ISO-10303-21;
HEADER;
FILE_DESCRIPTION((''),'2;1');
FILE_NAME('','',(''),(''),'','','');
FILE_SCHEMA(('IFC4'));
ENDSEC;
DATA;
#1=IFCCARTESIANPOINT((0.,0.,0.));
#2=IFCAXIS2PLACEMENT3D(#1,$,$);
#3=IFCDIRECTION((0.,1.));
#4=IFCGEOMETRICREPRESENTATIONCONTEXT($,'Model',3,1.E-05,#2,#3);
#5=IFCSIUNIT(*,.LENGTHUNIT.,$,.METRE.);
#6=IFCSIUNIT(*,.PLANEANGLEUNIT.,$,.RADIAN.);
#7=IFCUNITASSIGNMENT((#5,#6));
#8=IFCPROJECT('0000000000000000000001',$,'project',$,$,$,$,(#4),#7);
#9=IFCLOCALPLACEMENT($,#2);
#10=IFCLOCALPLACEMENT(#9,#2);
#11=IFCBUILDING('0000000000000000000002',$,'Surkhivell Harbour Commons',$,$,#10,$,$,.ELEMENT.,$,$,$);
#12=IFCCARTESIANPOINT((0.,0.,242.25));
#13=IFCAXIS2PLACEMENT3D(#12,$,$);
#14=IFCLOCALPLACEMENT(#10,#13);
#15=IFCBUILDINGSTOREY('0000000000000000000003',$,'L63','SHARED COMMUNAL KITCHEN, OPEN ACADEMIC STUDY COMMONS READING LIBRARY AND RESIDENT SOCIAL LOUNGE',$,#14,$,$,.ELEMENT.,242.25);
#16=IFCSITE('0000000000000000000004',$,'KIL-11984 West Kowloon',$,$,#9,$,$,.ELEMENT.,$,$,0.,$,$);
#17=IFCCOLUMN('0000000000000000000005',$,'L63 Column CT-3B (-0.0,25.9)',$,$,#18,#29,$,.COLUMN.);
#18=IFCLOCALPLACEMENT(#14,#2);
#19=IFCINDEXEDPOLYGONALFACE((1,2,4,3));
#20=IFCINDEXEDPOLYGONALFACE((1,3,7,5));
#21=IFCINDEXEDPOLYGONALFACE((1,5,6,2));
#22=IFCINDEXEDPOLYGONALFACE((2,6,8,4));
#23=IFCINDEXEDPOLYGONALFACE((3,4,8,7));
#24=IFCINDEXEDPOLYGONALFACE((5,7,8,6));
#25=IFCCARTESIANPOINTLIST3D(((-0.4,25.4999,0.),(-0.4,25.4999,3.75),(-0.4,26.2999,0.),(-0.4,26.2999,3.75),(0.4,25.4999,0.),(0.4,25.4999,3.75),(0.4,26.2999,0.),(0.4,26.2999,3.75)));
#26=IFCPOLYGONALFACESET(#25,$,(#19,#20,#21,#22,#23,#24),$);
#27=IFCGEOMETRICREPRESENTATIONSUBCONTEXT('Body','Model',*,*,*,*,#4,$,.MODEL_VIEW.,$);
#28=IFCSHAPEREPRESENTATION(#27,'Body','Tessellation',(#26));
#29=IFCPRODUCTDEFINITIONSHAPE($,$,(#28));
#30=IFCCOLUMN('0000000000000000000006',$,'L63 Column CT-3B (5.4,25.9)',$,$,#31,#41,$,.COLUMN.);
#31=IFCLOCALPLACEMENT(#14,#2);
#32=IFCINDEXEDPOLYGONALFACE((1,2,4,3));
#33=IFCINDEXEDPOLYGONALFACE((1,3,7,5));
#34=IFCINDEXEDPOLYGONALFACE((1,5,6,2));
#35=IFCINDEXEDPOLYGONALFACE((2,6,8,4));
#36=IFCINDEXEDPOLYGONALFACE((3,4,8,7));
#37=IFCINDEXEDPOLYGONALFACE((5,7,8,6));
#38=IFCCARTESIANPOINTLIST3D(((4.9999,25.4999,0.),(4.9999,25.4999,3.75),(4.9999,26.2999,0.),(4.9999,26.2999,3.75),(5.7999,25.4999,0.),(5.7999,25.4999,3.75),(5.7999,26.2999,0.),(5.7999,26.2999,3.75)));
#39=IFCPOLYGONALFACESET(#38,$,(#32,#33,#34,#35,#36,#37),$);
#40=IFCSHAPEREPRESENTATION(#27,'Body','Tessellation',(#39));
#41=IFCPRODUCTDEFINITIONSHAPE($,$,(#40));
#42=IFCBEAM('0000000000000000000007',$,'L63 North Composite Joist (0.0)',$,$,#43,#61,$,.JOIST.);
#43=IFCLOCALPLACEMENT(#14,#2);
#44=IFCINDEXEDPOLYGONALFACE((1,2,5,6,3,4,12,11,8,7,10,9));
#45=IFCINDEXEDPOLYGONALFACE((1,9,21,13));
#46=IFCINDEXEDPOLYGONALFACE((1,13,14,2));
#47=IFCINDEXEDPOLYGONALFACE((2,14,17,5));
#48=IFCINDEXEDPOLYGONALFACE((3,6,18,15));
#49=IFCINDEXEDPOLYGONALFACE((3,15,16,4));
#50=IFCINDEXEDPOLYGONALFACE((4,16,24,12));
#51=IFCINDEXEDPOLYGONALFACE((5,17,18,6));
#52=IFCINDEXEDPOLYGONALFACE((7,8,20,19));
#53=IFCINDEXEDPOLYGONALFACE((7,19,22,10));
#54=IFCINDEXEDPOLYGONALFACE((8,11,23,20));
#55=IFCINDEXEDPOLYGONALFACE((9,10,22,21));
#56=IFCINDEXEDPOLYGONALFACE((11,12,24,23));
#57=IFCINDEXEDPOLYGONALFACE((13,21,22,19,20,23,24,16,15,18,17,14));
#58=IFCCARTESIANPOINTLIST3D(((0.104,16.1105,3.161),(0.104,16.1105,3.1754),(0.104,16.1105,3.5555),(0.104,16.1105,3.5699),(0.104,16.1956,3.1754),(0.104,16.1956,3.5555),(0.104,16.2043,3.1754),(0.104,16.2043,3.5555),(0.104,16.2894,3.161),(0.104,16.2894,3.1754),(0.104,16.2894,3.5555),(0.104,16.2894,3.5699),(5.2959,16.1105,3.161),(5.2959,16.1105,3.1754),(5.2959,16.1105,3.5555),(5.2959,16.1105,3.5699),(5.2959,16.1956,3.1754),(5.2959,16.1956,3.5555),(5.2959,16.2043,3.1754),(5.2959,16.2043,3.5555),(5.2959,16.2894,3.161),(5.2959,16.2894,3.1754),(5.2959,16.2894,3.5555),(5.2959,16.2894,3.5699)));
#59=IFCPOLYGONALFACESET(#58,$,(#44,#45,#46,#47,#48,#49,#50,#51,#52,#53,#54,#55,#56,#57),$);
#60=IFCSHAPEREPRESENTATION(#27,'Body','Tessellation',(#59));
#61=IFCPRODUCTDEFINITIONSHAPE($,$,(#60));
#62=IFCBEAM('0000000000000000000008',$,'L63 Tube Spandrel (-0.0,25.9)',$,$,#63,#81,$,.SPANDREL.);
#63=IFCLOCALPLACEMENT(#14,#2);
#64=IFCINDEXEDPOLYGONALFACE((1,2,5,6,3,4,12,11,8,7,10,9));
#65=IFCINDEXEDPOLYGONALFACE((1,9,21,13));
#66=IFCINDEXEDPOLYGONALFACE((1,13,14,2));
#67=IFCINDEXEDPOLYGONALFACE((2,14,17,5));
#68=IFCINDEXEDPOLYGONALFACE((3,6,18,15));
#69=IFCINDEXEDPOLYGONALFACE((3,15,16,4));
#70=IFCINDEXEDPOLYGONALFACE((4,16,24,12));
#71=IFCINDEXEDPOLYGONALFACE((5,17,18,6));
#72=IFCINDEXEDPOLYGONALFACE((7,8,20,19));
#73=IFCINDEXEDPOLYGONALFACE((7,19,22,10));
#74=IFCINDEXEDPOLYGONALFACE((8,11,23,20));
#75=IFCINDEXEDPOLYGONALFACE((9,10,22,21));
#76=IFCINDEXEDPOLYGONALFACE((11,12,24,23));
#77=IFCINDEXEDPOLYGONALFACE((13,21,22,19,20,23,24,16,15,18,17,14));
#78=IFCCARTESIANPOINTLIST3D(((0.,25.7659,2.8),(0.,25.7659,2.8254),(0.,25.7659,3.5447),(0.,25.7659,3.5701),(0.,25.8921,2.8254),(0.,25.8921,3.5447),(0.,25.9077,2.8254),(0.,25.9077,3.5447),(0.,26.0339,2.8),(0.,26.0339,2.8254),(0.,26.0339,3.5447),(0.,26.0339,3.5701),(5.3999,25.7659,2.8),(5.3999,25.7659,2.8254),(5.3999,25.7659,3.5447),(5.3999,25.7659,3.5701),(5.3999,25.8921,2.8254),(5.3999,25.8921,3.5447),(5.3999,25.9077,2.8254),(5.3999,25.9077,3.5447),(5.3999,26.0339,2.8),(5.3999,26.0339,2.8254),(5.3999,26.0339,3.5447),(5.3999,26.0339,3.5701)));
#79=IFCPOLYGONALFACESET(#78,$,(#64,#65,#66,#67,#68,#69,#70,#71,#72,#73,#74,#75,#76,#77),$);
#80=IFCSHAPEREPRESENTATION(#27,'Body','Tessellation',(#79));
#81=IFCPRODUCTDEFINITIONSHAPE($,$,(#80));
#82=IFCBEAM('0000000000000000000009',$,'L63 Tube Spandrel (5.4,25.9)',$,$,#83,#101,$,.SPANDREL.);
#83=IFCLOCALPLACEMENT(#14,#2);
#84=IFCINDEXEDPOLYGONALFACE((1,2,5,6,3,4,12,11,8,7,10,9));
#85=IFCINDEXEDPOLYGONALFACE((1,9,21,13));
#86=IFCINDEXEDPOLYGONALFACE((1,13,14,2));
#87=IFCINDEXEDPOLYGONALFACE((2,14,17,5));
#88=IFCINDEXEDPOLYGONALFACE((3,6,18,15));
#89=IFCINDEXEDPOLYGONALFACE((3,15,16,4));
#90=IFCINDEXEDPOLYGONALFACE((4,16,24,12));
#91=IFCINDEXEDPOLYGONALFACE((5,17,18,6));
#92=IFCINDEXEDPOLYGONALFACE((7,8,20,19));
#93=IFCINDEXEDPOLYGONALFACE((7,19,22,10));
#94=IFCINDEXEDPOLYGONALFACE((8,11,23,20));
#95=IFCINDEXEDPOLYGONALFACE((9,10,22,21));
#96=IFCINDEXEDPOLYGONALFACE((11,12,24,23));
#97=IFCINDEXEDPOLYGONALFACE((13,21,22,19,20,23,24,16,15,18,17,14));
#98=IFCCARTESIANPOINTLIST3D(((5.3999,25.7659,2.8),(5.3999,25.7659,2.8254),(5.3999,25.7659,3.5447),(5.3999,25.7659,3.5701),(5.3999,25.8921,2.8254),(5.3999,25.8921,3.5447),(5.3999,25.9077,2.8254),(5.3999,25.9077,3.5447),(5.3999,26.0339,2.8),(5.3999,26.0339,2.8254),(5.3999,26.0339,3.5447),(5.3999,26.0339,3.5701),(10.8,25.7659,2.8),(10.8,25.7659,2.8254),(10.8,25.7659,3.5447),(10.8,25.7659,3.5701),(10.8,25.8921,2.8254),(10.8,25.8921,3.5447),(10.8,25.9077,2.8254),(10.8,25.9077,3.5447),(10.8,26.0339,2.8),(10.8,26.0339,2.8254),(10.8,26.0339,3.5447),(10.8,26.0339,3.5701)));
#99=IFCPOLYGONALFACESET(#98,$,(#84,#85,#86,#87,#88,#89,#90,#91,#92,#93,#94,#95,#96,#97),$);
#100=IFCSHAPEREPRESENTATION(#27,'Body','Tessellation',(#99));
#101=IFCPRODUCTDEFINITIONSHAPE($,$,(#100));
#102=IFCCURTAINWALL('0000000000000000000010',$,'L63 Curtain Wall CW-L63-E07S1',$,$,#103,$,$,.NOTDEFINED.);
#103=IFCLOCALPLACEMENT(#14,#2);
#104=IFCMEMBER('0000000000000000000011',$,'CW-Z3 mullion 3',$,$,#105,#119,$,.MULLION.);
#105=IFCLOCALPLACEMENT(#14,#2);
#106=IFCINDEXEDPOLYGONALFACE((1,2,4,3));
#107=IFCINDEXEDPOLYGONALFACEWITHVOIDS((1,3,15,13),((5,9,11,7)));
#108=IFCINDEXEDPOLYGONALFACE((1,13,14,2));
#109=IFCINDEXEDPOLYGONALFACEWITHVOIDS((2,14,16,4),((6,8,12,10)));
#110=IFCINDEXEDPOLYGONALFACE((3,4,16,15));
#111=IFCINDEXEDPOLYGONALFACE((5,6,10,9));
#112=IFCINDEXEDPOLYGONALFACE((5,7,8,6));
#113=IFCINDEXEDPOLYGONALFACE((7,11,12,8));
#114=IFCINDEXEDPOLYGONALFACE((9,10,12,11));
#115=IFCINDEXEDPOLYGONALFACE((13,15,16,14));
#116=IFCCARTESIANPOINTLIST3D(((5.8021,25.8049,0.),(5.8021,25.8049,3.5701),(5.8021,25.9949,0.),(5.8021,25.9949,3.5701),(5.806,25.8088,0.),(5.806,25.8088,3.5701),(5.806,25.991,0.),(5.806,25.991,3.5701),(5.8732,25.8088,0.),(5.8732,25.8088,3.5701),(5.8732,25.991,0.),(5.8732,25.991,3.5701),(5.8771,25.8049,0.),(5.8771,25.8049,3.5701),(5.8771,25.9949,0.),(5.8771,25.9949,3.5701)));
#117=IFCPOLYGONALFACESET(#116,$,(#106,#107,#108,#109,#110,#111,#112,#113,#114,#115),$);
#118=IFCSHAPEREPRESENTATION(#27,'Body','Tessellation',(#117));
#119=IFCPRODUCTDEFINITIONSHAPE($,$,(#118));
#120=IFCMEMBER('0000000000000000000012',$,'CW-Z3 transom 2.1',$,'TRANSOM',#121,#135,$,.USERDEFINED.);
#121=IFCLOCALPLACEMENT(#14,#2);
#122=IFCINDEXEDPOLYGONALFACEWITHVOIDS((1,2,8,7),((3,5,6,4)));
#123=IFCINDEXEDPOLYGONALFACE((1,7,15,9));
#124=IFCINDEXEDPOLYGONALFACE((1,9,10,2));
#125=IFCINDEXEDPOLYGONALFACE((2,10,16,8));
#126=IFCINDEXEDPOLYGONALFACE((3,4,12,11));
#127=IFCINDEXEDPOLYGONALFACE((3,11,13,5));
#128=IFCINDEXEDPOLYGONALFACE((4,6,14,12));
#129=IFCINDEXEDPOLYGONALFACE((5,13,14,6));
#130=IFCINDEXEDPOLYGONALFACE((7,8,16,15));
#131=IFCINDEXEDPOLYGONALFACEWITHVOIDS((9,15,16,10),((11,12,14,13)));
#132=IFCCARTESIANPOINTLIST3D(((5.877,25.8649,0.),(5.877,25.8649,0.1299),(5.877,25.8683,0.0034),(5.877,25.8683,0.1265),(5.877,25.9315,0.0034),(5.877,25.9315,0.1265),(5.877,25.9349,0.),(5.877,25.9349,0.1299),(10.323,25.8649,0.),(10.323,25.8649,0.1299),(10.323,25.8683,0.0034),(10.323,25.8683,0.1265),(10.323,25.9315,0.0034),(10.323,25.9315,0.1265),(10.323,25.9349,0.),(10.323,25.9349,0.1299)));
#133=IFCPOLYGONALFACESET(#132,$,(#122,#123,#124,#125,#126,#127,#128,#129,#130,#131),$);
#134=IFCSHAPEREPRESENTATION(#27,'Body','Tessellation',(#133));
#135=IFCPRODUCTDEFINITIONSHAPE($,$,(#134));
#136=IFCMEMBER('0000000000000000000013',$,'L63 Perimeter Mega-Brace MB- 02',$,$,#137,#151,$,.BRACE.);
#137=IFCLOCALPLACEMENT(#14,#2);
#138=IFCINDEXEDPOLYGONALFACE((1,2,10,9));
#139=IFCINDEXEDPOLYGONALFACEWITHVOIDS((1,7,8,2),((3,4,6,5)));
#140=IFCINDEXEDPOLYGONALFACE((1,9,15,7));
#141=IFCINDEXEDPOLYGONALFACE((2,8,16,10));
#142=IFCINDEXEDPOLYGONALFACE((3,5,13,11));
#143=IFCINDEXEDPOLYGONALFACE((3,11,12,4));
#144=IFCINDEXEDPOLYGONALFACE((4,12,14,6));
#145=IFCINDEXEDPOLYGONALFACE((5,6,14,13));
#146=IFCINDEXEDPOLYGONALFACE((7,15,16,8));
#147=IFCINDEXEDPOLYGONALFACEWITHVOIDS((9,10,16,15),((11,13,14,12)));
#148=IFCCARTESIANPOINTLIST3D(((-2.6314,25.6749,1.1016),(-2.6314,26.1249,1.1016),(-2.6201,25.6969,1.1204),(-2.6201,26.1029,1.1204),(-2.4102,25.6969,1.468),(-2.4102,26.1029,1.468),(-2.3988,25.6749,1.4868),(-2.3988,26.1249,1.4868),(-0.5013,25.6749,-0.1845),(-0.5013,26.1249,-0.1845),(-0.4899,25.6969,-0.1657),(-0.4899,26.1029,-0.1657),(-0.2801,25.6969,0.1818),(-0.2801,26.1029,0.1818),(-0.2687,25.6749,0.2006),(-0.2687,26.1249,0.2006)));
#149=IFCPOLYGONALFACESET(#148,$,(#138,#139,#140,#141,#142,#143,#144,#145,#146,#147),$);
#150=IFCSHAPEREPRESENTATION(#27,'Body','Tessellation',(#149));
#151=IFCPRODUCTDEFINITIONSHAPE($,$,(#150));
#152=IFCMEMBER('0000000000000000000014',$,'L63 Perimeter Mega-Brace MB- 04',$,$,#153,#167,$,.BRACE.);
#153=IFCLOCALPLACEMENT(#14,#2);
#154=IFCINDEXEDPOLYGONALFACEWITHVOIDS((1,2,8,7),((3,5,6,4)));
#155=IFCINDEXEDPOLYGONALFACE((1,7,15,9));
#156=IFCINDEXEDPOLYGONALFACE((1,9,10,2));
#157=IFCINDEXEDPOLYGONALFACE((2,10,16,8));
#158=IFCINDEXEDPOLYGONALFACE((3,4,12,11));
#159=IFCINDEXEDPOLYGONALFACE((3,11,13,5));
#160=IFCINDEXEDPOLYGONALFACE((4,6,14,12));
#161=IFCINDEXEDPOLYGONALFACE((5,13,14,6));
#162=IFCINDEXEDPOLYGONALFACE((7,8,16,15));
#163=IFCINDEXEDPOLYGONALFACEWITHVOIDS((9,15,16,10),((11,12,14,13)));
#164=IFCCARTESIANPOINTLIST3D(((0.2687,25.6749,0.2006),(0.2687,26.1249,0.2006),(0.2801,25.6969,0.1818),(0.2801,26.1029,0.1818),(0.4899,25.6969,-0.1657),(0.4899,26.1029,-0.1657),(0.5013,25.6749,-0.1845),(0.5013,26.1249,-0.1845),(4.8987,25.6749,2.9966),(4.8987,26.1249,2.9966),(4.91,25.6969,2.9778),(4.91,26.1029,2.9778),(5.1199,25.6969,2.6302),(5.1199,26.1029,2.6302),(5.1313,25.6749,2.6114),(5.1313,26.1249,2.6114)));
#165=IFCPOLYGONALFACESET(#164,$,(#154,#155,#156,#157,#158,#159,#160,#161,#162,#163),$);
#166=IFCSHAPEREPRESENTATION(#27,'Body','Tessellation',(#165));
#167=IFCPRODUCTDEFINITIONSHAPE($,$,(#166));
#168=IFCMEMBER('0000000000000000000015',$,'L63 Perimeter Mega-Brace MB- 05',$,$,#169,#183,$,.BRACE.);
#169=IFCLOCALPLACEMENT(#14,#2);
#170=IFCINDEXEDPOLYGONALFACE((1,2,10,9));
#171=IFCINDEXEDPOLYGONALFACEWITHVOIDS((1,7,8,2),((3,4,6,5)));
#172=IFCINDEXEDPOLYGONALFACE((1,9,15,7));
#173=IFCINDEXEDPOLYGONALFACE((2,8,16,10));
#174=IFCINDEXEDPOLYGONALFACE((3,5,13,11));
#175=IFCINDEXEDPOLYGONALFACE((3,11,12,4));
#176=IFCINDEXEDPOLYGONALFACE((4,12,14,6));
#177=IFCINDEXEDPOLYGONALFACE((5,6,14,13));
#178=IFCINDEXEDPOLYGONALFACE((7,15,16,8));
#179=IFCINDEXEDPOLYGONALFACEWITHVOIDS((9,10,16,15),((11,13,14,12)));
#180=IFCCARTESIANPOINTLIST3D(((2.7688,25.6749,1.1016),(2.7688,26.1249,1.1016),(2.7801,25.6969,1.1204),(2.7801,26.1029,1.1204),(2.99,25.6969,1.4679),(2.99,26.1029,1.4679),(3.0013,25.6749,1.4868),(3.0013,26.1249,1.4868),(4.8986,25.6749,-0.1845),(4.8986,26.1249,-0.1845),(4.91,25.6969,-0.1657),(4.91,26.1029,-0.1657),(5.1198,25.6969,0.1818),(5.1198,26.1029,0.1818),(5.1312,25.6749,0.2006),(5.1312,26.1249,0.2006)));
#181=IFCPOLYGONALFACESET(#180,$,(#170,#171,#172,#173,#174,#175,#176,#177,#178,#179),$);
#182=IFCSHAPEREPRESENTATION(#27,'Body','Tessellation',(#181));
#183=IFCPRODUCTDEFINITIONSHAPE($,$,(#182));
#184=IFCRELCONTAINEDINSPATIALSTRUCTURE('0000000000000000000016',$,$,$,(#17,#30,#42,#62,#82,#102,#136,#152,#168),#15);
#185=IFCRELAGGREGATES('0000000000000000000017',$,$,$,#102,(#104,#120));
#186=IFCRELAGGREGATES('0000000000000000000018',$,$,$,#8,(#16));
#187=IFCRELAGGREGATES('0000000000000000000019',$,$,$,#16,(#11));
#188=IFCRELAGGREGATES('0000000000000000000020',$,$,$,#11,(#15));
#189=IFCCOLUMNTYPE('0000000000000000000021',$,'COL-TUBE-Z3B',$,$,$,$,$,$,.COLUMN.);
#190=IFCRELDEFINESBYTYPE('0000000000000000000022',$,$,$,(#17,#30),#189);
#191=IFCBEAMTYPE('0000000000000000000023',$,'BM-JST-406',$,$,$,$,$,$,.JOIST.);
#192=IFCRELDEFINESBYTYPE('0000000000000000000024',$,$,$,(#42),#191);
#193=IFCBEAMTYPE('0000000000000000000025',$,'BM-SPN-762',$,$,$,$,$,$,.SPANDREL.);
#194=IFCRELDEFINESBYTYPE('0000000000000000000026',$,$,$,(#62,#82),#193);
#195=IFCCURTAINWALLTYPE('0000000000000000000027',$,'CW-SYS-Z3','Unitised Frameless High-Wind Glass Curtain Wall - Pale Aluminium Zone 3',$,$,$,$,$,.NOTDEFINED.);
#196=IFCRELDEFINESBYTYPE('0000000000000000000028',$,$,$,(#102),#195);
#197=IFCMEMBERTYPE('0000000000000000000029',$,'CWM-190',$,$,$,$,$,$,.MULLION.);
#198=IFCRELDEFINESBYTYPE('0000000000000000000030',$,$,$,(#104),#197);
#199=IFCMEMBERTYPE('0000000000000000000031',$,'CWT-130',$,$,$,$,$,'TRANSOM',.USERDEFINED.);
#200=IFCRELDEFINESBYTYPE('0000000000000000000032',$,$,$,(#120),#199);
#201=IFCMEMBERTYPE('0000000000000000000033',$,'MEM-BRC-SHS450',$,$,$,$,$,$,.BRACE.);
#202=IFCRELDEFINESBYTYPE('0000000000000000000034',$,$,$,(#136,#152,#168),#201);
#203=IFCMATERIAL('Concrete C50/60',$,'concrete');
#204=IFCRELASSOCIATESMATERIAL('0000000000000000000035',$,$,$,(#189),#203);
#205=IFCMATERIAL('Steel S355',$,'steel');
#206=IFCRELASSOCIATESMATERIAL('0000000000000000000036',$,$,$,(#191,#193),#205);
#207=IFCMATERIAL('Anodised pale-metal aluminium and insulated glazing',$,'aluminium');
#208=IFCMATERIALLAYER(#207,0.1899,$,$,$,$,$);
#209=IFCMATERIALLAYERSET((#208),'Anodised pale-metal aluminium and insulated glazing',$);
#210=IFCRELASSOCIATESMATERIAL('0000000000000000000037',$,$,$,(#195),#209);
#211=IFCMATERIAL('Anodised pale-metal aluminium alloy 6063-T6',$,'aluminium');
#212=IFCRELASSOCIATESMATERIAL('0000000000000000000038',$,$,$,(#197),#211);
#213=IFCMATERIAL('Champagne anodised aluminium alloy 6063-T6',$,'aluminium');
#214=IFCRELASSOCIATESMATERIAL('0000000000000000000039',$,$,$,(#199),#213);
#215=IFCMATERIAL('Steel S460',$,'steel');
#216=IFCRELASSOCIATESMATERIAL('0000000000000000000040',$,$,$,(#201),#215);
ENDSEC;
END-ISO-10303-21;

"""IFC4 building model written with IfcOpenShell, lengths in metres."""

from ifc_helpers import new_model, si_unit, direction, frame, origin, origin_2d, place, context, subcontext, project, spatial, rectangle, hollow_rectangle, i_section, extrude, material, layer, layer_set, material_profile, profile_set, type_object, element, aggregate, save


model = new_model("IFC4")

# Units and contexts
model_context = context("Model", 3, precision=1e-05, world=origin(), true_north=direction((0.0, 1.0)))
body_context = subcontext(model_context, "Body", "Model", "MODEL_VIEW")
ifc_project = project(units=[si_unit("LENGTHUNIT", "METRE"), si_unit("PLANEANGLEUNIT", "RADIAN")], contexts=[model_context])

# Site, building, storey
site_placement = place(None, origin())
site = spatial("IfcSite", under=ifc_project, at=site_placement, Name="KIL-11984 West Kowloon", CompositionType="ELEMENT", RefElevation=0.0)
building_placement = place(site_placement, origin())
building = spatial("IfcBuilding", under=site, at=building_placement, Name="Surkhivell Harbour Commons", CompositionType="ELEMENT")
storey_placement = place(building_placement, frame((0.0, 0.0, 242.25)))
storey = spatial("IfcBuildingStorey", under=building, at=storey_placement, Name="L63", Description="SHARED COMMUNAL KITCHEN, OPEN ACADEMIC STUDY COMMONS READING LIBRARY AND RESIDENT SOCIAL LOUNGE", CompositionType="ELEMENT", Elevation=242.25)

# Columns
ifc_material_1 = material(Name="Concrete C50/60", Category="concrete")
ifc_material_profile_1 = material_profile(ifc_material_1, rectangle(XDim=0.8, YDim=0.8, at=origin_2d()), Name="RC-COL-800x800")
ifc_profile_set_1 = profile_set([ifc_material_profile_1], Name="Concrete C50/60")
column_type = type_object("IfcColumnType", Name="COL-TUBE-Z3B", PredefinedType="COLUMN", material=ifc_profile_set_1)
for number, where, z_axis, x_axis, name in (
    (1, (0.0, 25.8999, 0.0), (0.0, 0.0, 1.0), (1.0, 0.0, 0.0), "L63 Column CT-3B (-0.0,25.9)"),
    (2, (5.3999, 25.8999, 0.0), (0.0, 0.0, 1.0), (1.0, 0.0, 0.0), "L63 Column CT-3B (5.4,25.9)"),
):
    element("IfcColumn", number, at=place(storey_placement, frame(where, z_axis=z_axis, x_axis=x_axis)), inside=storey, type_object=column_type, Name=name, PredefinedType="COLUMN", context=body_context, shape_type="SweptSolid", body=[
        extrude(rectangle(XDim=0.8, YDim=0.8, at=origin_2d()), origin(), (0.0, 0.0, 1.0), 3.75),
    ])

# Beams
ifc_material_2 = material(Name="Steel S355", Category="steel")
ifc_material_profile_2 = material_profile(ifc_material_2, i_section(OverallWidth=0.179, OverallDepth=0.4089, WebThickness=0.0088, FlangeThickness=0.0144, at=origin_2d()), Name="UB406x178x67")
ifc_profile_set_2 = profile_set([ifc_material_profile_2], Name="Steel S355")
beam_type_1 = type_object("IfcBeamType", Name="BM-JST-406", PredefinedType="JOIST", material=ifc_profile_set_2)
beam_1_placement = place(storey_placement, frame((0.104, 16.2, 3.3655), z_axis=(1.0, 0.0, 0.0), x_axis=(0.0, 1.0, 0.0)))
element("IfcBeam", 3, at=beam_1_placement, inside=storey, type_object=beam_type_1, Name="L63 North Composite Joist (0.0)", PredefinedType="JOIST", context=body_context, shape_type="SweptSolid", body=[
    extrude(i_section(OverallWidth=0.179, OverallDepth=0.4089, WebThickness=0.0088, FlangeThickness=0.0144, at=origin_2d()), origin(), (0.0, 0.0, 1.0), 5.1919),
])
ifc_material_profile_3 = material_profile(ifc_material_2, i_section(OverallWidth=0.2681, OverallDepth=0.77, WebThickness=0.0156, FlangeThickness=0.0254, at=origin_2d()), Name="UB762x267x197")
ifc_profile_set_3 = profile_set([ifc_material_profile_3], Name="Steel S355")
beam_type_2 = type_object("IfcBeamType", Name="BM-SPN-762", PredefinedType="SPANDREL", material=ifc_profile_set_3)
beam_2_placement = place(storey_placement, frame((0.0, 25.8999, 3.1851), z_axis=(1.0, 0.0, 0.0), x_axis=(0.0, 1.0, 0.0)))
element("IfcBeam", 4, at=beam_2_placement, inside=storey, type_object=beam_type_2, Name="L63 Tube Spandrel (-0.0,25.9)", PredefinedType="SPANDREL", context=body_context, shape_type="SweptSolid", body=[
    extrude(i_section(OverallWidth=0.2681, OverallDepth=0.77, WebThickness=0.0156, FlangeThickness=0.0254, at=origin_2d()), origin(), (0.0, 0.0, 1.0), 5.3999),
])
beam_3_placement = place(storey_placement, frame((5.3999, 25.8999, 3.1851), z_axis=(1.0, 0.0, 0.0), x_axis=(0.0, 1.0, 0.0)))
element("IfcBeam", 5, at=beam_3_placement, inside=storey, type_object=beam_type_2, Name="L63 Tube Spandrel (5.4,25.9)", PredefinedType="SPANDREL", context=body_context, shape_type="SweptSolid", body=[
    extrude(i_section(OverallWidth=0.2681, OverallDepth=0.77, WebThickness=0.0156, FlangeThickness=0.0254, at=origin_2d()), origin(), (0.0, 0.0, 1.0), 5.4001),
])

# Curtain wall, members
ifc_material_3 = material(Name="Anodised pale-metal aluminium and insulated glazing", Category="aluminium")
ifc_layer_1 = layer(ifc_material_3, 0.1899)
ifc_layer_set_1 = layer_set([ifc_layer_1], Name="Anodised pale-metal aluminium and insulated glazing")
curtain_wall_type = type_object("IfcCurtainWallType", Name="CW-SYS-Z3", Description="Unitised Frameless High-Wind Glass Curtain Wall - Pale Aluminium Zone 3", PredefinedType="NOTDEFINED", material=ifc_layer_set_1)
curtain_wall_placement = place(storey_placement, origin())
curtain_wall = element("IfcCurtainWall", 6, at=curtain_wall_placement, inside=storey, type_object=curtain_wall_type, Name="L63 Curtain Wall CW-L63-E07S1", PredefinedType="NOTDEFINED")
ifc_material_4 = material(Name="Anodised pale-metal aluminium alloy 6063-T6", Category="aluminium")
ifc_material_profile_4 = material_profile(ifc_material_4, hollow_rectangle(XDim=0.075, YDim=0.1899, WallThickness=0.0039, at=origin_2d()), Name="ALU-MULL-75x190")
ifc_profile_set_4 = profile_set([ifc_material_profile_4], Name="Anodised pale-metal aluminium alloy 6063-T6")
member_type_1 = type_object("IfcMemberType", Name="CWM-190", PredefinedType="MULLION", material=ifc_profile_set_4)
member_1_placement = place(storey_placement, frame((5.8396, 25.8999, 0.0), z_axis=(0.0, 0.0, 1.0), x_axis=(-1.0, 0.0, 0.0)))
member_1 = element("IfcMember", 7, at=member_1_placement, type_object=member_type_1, Name="CW-Z3 mullion 3", PredefinedType="MULLION", context=body_context, shape_type="SweptSolid", body=[
    extrude(hollow_rectangle(XDim=0.075, YDim=0.1899, WallThickness=0.0039, at=origin_2d()), origin(), (0.0, 0.0, 1.0), 3.5701),
])
ifc_material_5 = material(Name="Champagne anodised aluminium alloy 6063-T6", Category="aluminium")
ifc_material_profile_5 = material_profile(ifc_material_5, hollow_rectangle(XDim=0.0701, YDim=0.1299, WallThickness=0.0034, at=origin_2d()), Name="ALU-TRAN-70x130")
ifc_profile_set_5 = profile_set([ifc_material_profile_5], Name="Champagne anodised aluminium alloy 6063-T6")
member_type_2 = type_object("IfcMemberType", Name="CWT-130", ElementType="TRANSOM", PredefinedType="USERDEFINED", material=ifc_profile_set_5)
member_2_placement = place(storey_placement, frame((10.323, 25.8999, 0.0649), z_axis=(-1.0, 0.0, 0.0), x_axis=(0.0, -1.0, 0.0)))
member_2 = element("IfcMember", 8, at=member_2_placement, type_object=member_type_2, Name="CW-Z3 transom 2.1", ObjectType="TRANSOM", PredefinedType="USERDEFINED", context=body_context, shape_type="SweptSolid", body=[
    extrude(hollow_rectangle(XDim=0.0701, YDim=0.1299, WallThickness=0.0034, at=origin_2d()), origin(), (0.0, 0.0, 1.0), 4.446),
])
aggregate(curtain_wall, [member_1, member_2])

# Members
ifc_material_6 = material(Name="Steel S460", Category="steel")
ifc_material_profile_6 = material_profile(ifc_material_6, hollow_rectangle(XDim=0.45, YDim=0.45, WallThickness=0.022, at=origin_2d()), Name="SHS450x450x22")
ifc_profile_set_6 = profile_set([ifc_material_profile_6], Name="Steel S460")
member_type_3 = type_object("IfcMemberType", Name="MEM-BRC-SHS450", PredefinedType="BRACE", material=ifc_profile_set_6)
member_3_placement = place(storey_placement, frame((-0.385, 25.8999, 0.0081), z_axis=(-0.856061, 0.0, 0.516875), x_axis=(0.0, -1.0, 0.0)))
element("IfcMember", 9, at=member_3_placement, inside=storey, type_object=member_type_3, Name="L63 Perimeter Mega-Brace MB- 02", PredefinedType="BRACE", context=body_context, shape_type="SweptSolid", body=[
    extrude(hollow_rectangle(XDim=0.45, YDim=0.45, WallThickness=0.022, at=origin_2d()), origin(), (0.0, 0.0, 1.0), 2.4883),
])
member_4_placement = place(storey_placement, frame((0.385, 25.8999, 0.0081), z_axis=(0.856024, 0.0, 0.516937), x_axis=(0.0, 1.0, 0.0)))
element("IfcMember", 10, at=member_4_placement, inside=storey, type_object=member_type_3, Name="L63 Perimeter Mega-Brace MB- 04", PredefinedType="BRACE", context=body_context, shape_type="SweptSolid", body=[
    extrude(hollow_rectangle(XDim=0.45, YDim=0.45, WallThickness=0.022, at=origin_2d()), origin(), (0.0, 0.0, 1.0), 5.4087),
])
member_5_placement = place(storey_placement, frame((5.0149, 25.8999, 0.0081), z_axis=(-0.856035, 0.0, 0.516918), x_axis=(0.0, -1.0, 0.0)))
element("IfcMember", 11, at=member_5_placement, inside=storey, type_object=member_type_3, Name="L63 Perimeter Mega-Brace MB- 05", PredefinedType="BRACE", context=body_context, shape_type="SweptSolid", body=[
    extrude(hollow_rectangle(XDim=0.45, YDim=0.45, WallThickness=0.022, at=origin_2d()), origin(), (0.0, 0.0, 1.0), 2.488),
])

save(model, "model.ifc")
